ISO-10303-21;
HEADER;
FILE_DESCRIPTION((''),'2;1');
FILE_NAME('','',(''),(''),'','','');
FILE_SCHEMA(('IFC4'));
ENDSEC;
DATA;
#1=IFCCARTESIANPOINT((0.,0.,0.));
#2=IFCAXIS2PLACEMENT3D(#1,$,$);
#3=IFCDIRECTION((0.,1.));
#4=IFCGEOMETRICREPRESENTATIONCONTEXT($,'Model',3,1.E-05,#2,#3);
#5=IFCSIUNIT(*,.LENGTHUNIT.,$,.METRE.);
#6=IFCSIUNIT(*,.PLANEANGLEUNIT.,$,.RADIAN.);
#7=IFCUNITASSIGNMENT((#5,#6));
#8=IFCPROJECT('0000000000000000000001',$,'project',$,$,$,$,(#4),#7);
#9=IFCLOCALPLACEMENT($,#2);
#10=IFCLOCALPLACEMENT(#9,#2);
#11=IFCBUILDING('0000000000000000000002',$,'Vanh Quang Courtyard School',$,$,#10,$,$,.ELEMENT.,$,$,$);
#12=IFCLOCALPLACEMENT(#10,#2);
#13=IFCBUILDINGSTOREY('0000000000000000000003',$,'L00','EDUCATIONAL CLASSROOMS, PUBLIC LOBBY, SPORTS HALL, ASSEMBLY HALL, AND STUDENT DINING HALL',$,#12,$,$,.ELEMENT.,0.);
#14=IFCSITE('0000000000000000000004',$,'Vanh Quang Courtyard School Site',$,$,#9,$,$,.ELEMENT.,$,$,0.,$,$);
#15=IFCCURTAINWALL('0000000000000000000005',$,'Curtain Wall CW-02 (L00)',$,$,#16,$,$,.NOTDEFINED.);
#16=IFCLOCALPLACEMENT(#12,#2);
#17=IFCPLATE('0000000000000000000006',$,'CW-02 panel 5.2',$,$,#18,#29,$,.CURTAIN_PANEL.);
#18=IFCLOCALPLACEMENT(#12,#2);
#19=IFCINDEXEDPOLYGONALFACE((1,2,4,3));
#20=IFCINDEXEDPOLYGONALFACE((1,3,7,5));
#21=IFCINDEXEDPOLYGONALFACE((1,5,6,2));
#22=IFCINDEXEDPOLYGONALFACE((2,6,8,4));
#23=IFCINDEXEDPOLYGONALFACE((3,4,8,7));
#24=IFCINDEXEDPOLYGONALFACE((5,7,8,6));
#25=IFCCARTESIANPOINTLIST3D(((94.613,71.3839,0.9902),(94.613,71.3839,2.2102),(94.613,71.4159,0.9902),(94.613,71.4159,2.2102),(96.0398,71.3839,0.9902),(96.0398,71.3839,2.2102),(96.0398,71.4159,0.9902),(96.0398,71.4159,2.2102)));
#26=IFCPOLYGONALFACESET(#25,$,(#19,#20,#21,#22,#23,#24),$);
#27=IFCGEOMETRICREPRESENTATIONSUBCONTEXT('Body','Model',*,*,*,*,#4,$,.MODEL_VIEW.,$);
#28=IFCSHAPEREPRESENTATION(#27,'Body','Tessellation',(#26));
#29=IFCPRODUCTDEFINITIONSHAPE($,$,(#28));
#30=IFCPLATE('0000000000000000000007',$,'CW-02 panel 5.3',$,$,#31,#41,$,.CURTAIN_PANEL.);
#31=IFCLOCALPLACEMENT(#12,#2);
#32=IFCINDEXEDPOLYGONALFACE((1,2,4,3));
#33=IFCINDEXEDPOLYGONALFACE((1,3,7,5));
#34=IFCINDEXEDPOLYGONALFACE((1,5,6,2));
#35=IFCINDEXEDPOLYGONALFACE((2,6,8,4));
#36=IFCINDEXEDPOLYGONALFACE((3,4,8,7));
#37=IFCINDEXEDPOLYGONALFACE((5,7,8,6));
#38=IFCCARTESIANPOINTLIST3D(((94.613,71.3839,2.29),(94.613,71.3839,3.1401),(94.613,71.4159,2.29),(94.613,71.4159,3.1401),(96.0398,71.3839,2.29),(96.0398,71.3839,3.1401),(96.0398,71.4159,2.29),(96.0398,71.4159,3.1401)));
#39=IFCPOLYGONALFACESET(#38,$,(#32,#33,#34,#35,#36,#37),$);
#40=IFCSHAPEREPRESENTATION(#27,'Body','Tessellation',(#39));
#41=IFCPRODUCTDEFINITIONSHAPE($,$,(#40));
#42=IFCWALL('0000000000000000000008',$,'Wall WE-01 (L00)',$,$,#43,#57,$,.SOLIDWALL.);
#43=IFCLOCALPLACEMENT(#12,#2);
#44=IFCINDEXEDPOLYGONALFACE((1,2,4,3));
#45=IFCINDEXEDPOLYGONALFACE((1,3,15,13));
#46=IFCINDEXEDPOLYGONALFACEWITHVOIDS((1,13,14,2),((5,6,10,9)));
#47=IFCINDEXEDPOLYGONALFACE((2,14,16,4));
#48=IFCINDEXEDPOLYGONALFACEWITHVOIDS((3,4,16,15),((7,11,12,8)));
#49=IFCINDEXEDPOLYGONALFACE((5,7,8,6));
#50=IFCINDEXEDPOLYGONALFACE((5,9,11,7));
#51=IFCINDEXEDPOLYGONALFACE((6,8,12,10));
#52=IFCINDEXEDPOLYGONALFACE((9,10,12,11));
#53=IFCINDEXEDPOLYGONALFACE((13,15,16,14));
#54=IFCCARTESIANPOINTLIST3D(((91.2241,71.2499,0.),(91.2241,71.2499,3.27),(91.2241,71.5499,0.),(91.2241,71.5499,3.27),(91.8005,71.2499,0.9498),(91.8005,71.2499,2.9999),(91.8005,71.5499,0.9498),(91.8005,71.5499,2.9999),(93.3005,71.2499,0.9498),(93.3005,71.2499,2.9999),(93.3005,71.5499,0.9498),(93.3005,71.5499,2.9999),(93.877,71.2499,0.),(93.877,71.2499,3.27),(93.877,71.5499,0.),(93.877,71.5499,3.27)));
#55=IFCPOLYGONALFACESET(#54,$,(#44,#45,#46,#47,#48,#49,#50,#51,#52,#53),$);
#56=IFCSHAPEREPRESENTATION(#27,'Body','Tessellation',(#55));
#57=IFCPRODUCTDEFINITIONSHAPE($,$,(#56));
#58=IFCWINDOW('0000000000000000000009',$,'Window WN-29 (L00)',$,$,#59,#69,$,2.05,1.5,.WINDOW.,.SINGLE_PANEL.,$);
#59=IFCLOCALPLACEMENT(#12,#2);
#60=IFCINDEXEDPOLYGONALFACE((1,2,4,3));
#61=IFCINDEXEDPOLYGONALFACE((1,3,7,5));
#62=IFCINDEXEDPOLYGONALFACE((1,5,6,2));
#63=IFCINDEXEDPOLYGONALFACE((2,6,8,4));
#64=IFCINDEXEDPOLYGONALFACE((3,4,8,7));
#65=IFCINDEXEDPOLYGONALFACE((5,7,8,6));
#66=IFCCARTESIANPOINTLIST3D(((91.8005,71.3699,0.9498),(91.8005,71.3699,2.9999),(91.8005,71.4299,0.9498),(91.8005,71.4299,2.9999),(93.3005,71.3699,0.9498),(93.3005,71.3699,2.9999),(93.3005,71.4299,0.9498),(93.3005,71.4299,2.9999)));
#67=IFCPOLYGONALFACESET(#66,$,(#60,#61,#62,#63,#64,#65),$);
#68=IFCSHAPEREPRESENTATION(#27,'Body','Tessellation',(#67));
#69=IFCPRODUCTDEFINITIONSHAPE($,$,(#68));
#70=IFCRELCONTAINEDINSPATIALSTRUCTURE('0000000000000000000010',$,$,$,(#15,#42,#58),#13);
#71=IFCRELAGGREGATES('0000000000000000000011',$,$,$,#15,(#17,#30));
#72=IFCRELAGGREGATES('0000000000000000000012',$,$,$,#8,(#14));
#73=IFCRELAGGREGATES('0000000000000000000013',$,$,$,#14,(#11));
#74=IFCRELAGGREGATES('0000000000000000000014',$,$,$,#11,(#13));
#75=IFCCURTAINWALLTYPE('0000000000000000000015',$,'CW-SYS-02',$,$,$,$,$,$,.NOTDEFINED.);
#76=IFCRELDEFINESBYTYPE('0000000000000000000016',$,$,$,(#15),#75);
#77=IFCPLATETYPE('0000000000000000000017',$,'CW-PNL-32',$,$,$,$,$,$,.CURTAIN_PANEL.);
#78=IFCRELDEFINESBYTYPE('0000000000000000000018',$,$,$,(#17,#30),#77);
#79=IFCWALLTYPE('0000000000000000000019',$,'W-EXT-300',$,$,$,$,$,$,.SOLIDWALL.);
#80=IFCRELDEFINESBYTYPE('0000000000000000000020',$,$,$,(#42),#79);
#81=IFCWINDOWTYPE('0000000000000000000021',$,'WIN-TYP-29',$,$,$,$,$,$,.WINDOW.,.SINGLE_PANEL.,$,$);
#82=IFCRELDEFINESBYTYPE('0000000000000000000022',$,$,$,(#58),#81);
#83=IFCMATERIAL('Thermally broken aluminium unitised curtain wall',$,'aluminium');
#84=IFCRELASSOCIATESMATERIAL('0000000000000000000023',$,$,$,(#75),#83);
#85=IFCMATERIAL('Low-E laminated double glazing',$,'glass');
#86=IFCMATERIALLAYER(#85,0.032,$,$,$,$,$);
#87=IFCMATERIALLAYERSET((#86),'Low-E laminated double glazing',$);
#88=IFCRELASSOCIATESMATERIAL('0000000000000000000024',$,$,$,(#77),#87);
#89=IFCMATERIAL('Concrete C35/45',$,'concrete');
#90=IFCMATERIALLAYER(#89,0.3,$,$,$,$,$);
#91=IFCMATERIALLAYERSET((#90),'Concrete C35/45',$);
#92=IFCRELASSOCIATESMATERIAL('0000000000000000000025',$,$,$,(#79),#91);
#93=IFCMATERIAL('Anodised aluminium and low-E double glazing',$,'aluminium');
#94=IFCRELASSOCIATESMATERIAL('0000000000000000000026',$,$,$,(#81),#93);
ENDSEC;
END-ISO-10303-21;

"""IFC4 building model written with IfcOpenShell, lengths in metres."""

from ifc_helpers import new_model, si_unit, direction, frame, frame_2d, origin, origin_2d, place, context, subcontext, project, spatial, rectangle, extrude, material, layer, layer_set, type_object, element, fill, aggregate, save


model = new_model("IFC4")

# Units and contexts
model_context = context("Model", 3, precision=1e-05, world=origin(), true_north=direction((0.0, 1.0)))
body_context = subcontext(model_context, "Body", "Model", "MODEL_VIEW")
ifc_project = project(units=[si_unit("LENGTHUNIT", "METRE"), si_unit("PLANEANGLEUNIT", "RADIAN")], contexts=[model_context])

# Site, building, storey
site_placement = place(None, origin())
site = spatial("IfcSite", under=ifc_project, at=site_placement, Name="Vanh Quang Courtyard School Site", CompositionType="ELEMENT", RefElevation=0.0)
building_placement = place(site_placement, origin())
building = spatial("IfcBuilding", under=site, at=building_placement, Name="Vanh Quang Courtyard School", CompositionType="ELEMENT")
storey_placement = place(building_placement, origin())
storey = spatial("IfcBuildingStorey", under=building, at=storey_placement, Name="L00", Description="EDUCATIONAL CLASSROOMS, PUBLIC LOBBY, SPORTS HALL, ASSEMBLY HALL, AND STUDENT DINING HALL", CompositionType="ELEMENT", Elevation=0.0)

# Shared definitions
ifc_material_1 = material(Name="Concrete C35/45", Category="concrete")

# Shared definitions
ifc_material_2 = material(Name="Thermally broken aluminium unitised curtain wall", Category="aluminium")

# Curtain wall
curtain_wall_type_1 = type_object("IfcCurtainWallType", Name="CW-SYS-02", PredefinedType="NOTDEFINED", material=ifc_material_2)
curtain_wall_1_placement = place(storey_placement, origin())
curtain_wall_1 = element("IfcCurtainWall", 1, at=curtain_wall_1_placement, inside=storey, type_object=curtain_wall_type_1, Name="Curtain Wall CW-02 (L00)", PredefinedType="NOTDEFINED")

# Plates
ifc_material_3 = material(Name="Low-E laminated double glazing", Category="glass")
ifc_layer_1 = layer(ifc_material_3, 0.032)
ifc_layer_set_1 = layer_set([ifc_layer_1], Name="Low-E laminated double glazing")
plate_type_1 = type_object("IfcPlateType", Name="CW-PNL-32", PredefinedType="CURTAIN_PANEL", material=ifc_layer_set_1)
plate_1_placement = place(storey_placement, frame((95.3264, 71.3999, 0.9902), z_axis=(0.0, 0.0, 1.0), x_axis=(-1.0, 0.0, 0.0)))
plate_1 = element("IfcPlate", 2, at=plate_1_placement, type_object=plate_type_1, Name="CW-02 panel 5.2", PredefinedType="CURTAIN_PANEL", context=body_context, shape_type="SweptSolid", body=[
    extrude(rectangle(XDim=1.4268, YDim=0.032, at=origin_2d()), origin(), (0.0, 0.0, 1.0), 1.22),
])
plate_2_placement = place(storey_placement, frame((95.3264, 71.3999, 2.29), z_axis=(0.0, 0.0, 1.0), x_axis=(-1.0, 0.0, 0.0)))
plate_2 = element("IfcPlate", 3, at=plate_2_placement, type_object=plate_type_1, Name="CW-02 panel 5.3", PredefinedType="CURTAIN_PANEL", context=body_context, shape_type="SweptSolid", body=[
    extrude(rectangle(XDim=1.4268, YDim=0.032, at=origin_2d()), origin(), (0.0, 0.0, 1.0), 0.8501),
])
aggregate(curtain_wall_1, [plate_1, plate_2])

# Wall, opening, window
ifc_layer_2 = layer(ifc_material_1, 0.3)
ifc_layer_set_2 = layer_set([ifc_layer_2], Name="Concrete C35/45")
wall_type = type_object("IfcWallType", Name="W-EXT-300", PredefinedType="SOLIDWALL", material=ifc_layer_set_2)
wall_placement = place(storey_placement, frame((93.877, 71.3999, 0.0), z_axis=(0.0, 0.0, 1.0), x_axis=(-1.0, 0.0, 0.0)))
wall = element("IfcWall", 4, at=wall_placement, inside=storey, type_object=wall_type, Name="Wall WE-01 (L00)", PredefinedType="SOLIDWALL", context=body_context, shape_type="SweptSolid", body=[
    extrude(rectangle(XDim=2.6528, YDim=0.3, at=frame_2d((1.3264, 0.0))), origin(), (0.0, 0.0, 1.0), 3.27),
])
opening_placement = place(wall_placement, frame((0.5764, 0.0, 0.95)))
opening = element("IfcOpeningElement", 5, at=opening_placement, cuts=wall, PredefinedType="OPENING", context=body_context, shape_type="SweptSolid", body=[
    extrude(rectangle(XDim=1.5, YDim=2.05, at=frame_2d((0.75, 1.0249))), frame((0.0, 0.1602, 0.0), z_axis=(0.0, -1.0, 0.0), x_axis=(1.0, 0.0, 0.0)), (0.0, 0.0, 1.0), 0.3201),
])
ifc_material_4 = material(Name="Anodised aluminium and low-E double glazing", Category="aluminium")
window_type = type_object("IfcWindowType", Name="WIN-TYP-29", PartitioningType="SINGLE_PANEL", PredefinedType="WINDOW", material=ifc_material_4)
window_placement = place(opening_placement, origin())
window = element("IfcWindow", 6, at=window_placement, inside=storey, type_object=window_type, Name="Window WN-29 (L00)", OverallHeight=2.05, OverallWidth=1.5, PartitioningType="SINGLE_PANEL", PredefinedType="WINDOW", context=body_context, shape_type="SweptSolid", body=[
    extrude(rectangle(XDim=1.5, YDim=2.05, at=frame_2d((0.75, 1.0249))), frame((0.0, 0.03, 0.0), z_axis=(0.0, -1.0, 0.0), x_axis=(1.0, 0.0, 0.0)), (0.0, 0.0, 1.0), 0.0601),
])
fill(opening, window)

save(model, "model.ifc")
